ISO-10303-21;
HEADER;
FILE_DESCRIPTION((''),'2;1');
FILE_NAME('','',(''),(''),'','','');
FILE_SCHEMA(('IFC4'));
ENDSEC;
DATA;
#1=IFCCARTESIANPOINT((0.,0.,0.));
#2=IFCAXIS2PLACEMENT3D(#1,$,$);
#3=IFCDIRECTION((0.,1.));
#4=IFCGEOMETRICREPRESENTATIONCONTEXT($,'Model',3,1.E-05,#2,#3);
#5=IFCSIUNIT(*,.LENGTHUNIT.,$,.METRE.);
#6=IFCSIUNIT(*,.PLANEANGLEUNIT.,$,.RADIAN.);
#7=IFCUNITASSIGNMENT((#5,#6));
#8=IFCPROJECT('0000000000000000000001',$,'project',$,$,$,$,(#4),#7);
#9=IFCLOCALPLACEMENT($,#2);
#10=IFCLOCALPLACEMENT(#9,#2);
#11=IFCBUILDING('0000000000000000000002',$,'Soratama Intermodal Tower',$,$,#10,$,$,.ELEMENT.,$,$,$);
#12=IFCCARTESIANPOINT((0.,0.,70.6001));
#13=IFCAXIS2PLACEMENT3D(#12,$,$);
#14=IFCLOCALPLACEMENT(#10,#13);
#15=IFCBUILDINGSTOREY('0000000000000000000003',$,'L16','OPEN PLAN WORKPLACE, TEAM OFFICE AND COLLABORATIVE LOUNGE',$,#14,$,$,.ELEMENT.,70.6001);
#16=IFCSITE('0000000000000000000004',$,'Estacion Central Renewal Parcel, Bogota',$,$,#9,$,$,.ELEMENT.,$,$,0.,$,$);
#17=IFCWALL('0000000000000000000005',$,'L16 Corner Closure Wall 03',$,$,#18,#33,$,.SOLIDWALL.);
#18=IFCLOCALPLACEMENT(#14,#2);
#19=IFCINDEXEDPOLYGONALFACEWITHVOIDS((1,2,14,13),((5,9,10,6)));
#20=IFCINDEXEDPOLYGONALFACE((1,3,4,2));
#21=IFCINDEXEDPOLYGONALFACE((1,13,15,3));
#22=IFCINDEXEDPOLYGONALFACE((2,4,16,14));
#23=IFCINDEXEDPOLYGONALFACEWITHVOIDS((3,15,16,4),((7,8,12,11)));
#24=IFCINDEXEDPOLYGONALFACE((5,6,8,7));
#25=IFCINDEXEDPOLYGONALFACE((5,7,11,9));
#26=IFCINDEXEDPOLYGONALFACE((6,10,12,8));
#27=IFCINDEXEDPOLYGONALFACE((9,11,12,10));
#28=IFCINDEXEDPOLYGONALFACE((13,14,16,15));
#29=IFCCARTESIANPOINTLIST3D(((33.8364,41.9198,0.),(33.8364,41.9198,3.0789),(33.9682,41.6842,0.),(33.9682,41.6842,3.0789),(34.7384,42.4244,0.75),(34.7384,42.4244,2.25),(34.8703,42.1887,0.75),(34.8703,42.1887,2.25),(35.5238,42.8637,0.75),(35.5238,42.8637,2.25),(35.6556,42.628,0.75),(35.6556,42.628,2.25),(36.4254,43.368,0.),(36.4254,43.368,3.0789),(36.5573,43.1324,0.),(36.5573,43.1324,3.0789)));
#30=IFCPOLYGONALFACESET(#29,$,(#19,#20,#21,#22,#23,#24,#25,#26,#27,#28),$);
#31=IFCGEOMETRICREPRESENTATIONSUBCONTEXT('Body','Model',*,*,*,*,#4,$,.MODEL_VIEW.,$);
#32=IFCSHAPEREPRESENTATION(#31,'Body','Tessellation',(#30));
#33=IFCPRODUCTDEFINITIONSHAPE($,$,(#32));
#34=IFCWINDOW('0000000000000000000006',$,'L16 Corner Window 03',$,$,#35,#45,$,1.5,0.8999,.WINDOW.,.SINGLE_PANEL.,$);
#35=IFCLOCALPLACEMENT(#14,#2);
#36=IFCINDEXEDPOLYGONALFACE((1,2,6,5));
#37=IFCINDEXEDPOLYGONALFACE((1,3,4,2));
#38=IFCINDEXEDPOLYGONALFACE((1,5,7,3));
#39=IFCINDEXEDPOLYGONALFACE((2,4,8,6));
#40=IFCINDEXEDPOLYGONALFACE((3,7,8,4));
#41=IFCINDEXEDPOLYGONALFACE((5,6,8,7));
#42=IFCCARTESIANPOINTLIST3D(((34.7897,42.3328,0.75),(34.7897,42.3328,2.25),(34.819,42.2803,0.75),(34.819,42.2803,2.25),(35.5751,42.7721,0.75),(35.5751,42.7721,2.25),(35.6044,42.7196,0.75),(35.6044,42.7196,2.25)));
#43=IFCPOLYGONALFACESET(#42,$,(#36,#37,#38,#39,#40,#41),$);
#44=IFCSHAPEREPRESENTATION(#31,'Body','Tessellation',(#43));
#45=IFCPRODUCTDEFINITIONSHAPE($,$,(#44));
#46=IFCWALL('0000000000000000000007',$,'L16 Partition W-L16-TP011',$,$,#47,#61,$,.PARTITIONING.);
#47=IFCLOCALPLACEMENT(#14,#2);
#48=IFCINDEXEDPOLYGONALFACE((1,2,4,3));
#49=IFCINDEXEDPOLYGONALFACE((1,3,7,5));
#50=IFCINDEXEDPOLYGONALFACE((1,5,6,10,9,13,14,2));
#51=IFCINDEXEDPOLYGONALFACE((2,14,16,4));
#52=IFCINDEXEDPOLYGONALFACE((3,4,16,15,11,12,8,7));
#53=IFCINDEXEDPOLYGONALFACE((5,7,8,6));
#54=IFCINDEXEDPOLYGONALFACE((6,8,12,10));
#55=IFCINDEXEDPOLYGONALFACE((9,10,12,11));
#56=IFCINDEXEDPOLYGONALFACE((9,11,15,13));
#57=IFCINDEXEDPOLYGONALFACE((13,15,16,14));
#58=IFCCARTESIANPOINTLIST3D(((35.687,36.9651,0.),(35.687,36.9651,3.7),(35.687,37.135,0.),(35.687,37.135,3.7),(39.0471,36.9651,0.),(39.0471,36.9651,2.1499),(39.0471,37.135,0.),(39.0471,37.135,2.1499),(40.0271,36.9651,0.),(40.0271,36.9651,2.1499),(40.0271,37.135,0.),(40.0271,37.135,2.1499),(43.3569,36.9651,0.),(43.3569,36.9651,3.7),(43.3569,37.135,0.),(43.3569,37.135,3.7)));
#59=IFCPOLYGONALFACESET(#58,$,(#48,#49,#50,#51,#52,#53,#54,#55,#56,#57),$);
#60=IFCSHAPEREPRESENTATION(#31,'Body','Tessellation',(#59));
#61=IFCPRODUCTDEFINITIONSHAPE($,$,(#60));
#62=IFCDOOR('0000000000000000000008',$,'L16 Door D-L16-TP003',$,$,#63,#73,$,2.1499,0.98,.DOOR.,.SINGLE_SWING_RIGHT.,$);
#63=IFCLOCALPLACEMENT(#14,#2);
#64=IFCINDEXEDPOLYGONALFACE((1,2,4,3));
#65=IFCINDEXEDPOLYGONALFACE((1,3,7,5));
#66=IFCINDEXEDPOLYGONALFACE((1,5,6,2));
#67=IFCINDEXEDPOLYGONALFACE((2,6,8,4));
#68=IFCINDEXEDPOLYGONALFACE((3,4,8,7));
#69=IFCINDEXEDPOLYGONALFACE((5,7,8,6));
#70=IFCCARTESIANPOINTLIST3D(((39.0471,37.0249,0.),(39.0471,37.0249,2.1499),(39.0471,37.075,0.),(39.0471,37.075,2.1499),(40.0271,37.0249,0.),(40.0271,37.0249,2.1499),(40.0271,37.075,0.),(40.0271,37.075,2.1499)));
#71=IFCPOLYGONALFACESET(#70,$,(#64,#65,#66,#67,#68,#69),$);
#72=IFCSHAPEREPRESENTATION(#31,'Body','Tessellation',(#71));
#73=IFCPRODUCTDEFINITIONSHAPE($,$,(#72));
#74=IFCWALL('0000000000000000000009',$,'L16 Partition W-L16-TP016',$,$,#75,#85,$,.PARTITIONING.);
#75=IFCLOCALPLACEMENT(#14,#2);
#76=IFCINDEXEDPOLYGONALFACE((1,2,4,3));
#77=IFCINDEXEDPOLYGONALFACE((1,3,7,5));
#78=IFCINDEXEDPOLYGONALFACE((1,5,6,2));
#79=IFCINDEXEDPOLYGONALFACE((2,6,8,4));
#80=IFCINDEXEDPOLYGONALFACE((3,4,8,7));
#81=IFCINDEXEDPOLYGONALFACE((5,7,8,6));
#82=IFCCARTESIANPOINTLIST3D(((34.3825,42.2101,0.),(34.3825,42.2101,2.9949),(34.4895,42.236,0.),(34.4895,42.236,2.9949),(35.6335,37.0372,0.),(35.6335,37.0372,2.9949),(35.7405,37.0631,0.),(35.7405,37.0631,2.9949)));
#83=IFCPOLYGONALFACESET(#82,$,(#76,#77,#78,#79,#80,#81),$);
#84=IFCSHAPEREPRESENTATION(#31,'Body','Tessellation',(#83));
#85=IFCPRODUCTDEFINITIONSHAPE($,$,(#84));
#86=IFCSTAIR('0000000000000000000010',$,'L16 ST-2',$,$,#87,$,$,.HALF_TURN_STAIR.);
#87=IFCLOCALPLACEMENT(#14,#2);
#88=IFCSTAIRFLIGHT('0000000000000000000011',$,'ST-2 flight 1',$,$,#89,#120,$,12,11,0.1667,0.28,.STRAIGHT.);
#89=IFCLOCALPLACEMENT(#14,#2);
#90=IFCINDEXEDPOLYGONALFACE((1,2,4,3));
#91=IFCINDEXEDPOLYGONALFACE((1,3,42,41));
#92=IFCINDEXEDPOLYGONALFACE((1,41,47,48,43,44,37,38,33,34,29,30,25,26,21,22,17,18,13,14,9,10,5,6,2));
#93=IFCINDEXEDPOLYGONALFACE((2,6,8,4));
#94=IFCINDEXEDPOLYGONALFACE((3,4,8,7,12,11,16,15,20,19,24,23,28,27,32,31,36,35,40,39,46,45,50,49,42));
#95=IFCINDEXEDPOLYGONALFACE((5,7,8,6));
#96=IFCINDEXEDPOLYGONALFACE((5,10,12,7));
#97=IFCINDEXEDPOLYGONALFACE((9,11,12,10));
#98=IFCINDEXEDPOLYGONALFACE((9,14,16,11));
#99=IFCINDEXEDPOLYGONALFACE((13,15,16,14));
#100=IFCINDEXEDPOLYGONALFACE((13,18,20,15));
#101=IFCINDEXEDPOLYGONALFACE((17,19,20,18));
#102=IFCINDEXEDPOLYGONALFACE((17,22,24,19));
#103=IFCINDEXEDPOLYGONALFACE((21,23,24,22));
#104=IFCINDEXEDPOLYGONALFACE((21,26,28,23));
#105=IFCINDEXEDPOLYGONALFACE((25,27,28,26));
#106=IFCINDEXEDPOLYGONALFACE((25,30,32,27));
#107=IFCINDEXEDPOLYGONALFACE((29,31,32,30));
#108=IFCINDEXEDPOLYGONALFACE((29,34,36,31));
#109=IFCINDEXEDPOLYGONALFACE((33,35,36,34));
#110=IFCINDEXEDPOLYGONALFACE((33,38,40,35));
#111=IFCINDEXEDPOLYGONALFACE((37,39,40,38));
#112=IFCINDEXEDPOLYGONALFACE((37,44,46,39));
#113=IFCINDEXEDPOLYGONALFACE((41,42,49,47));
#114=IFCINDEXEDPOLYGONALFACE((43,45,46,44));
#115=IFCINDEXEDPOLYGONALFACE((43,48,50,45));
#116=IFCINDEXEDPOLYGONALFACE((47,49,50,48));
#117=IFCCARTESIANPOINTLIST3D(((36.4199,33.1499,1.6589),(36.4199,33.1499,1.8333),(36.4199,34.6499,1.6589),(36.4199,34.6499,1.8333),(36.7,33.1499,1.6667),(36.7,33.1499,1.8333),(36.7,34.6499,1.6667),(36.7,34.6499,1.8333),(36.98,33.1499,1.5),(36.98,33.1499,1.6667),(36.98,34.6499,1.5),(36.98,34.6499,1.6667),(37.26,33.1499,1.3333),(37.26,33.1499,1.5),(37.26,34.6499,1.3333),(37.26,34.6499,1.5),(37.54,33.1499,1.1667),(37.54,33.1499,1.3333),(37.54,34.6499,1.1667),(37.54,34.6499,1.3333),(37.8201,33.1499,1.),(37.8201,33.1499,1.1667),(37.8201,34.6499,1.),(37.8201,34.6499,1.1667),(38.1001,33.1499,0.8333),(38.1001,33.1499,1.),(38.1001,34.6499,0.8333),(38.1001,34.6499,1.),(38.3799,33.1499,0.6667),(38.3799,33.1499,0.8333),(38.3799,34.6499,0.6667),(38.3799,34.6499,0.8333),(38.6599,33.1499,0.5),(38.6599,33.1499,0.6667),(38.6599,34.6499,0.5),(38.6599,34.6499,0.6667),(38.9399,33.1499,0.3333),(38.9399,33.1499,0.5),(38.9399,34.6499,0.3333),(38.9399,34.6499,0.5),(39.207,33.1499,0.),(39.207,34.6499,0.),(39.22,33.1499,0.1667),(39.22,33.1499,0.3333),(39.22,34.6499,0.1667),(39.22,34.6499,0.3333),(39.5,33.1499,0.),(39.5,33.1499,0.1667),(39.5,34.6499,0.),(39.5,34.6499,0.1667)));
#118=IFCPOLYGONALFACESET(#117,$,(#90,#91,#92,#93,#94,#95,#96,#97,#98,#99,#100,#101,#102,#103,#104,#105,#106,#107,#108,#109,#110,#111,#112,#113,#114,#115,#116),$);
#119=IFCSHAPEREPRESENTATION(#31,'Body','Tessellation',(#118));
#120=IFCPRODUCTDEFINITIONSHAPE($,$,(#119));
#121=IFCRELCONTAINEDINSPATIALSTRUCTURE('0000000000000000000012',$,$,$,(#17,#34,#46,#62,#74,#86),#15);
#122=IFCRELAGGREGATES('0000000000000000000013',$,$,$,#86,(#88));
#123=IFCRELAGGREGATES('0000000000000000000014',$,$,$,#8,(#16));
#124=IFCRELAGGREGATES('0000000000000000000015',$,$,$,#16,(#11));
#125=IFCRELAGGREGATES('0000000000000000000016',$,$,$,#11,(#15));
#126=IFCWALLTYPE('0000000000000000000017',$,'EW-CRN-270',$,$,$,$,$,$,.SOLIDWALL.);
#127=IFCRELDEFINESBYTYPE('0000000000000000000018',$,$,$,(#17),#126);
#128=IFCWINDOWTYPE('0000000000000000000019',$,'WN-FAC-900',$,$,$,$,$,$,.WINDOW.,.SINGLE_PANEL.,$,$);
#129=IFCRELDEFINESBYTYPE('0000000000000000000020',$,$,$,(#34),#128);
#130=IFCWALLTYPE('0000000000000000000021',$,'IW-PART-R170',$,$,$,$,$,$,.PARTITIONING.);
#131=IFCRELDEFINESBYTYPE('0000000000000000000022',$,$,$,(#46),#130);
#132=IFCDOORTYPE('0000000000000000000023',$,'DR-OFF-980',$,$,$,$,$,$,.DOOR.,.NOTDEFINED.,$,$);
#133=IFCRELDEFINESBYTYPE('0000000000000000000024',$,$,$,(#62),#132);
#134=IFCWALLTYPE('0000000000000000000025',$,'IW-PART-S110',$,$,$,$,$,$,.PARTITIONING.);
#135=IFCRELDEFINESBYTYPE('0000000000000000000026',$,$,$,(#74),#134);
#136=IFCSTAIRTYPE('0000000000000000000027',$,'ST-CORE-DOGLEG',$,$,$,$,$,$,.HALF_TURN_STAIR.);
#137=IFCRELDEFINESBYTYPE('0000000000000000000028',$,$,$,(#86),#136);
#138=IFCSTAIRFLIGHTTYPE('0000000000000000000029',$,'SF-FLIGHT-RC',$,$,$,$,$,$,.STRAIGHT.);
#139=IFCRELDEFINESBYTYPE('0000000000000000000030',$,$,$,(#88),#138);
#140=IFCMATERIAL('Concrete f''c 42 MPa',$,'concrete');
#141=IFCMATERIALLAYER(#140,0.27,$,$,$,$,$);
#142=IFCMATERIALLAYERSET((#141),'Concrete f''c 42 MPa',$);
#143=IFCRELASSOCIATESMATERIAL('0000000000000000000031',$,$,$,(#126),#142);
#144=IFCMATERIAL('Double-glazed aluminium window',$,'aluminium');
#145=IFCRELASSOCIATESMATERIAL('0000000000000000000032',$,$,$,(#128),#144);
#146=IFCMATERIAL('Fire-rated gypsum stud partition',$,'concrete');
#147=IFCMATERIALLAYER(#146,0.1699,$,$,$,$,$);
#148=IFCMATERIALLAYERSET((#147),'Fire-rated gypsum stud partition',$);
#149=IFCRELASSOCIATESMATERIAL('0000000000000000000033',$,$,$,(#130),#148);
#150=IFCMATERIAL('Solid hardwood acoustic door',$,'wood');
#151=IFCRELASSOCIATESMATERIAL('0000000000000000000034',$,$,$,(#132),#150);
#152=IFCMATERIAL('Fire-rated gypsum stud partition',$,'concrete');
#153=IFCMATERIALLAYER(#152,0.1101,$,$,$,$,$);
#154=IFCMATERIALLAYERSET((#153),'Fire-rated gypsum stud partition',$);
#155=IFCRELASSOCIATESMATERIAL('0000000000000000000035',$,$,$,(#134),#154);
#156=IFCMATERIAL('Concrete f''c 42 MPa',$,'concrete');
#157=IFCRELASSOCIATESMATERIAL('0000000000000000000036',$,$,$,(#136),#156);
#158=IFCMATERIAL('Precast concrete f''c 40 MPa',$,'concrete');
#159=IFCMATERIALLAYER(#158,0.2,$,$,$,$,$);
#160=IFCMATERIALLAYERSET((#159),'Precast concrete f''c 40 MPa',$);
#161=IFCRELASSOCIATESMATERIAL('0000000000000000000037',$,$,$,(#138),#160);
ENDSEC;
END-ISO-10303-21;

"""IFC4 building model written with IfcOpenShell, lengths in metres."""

from ifc_helpers import new_model, si_unit, direction, frame, frame_2d, origin, place, context, subcontext, project, spatial, polyline, rectangle, outline, extrude, material, layer, layer_set, type_object, element, fill, aggregate, save


model = new_model("IFC4")

# Units and contexts
model_context = context("Model", 3, precision=1e-05, world=origin(), true_north=direction((0.0, 1.0)))
body_context = subcontext(model_context, "Body", "Model", "MODEL_VIEW")
ifc_project = project(units=[si_unit("LENGTHUNIT", "METRE"), si_unit("PLANEANGLEUNIT", "RADIAN")], contexts=[model_context])

# Site, building, storey
site_placement = place(None, origin())
site = spatial("IfcSite", under=ifc_project, at=site_placement, Name="Estacion Central Renewal Parcel, Bogota", CompositionType="ELEMENT", RefElevation=0.0)
building_placement = place(site_placement, origin())
building = spatial("IfcBuilding", under=site, at=building_placement, Name="Soratama Intermodal Tower", CompositionType="ELEMENT")
storey_placement = place(building_placement, frame((0.0, 0.0, 70.6001)))
storey = spatial("IfcBuildingStorey", under=building, at=storey_placement, Name="L16", Description="OPEN PLAN WORKPLACE, TEAM OFFICE AND COLLABORATIVE LOUNGE", CompositionType="ELEMENT", Elevation=70.6001)

# Wall, opening, window
ifc_material_1 = material(Name="Concrete f'c 42 MPa", Category="concrete")
ifc_layer_1 = layer(ifc_material_1, 0.27)
ifc_layer_set_1 = layer_set([ifc_layer_1], Name="Concrete f'c 42 MPa")
wall_type_1 = type_object("IfcWallType", Name="EW-CRN-270", PredefinedType="SOLIDWALL", material=ifc_layer_set_1)
wall_1_placement = place(storey_placement, frame((36.4915, 43.2502, 0.0), z_axis=(0.0, 0.0, 1.0), x_axis=(-0.872744, -0.488177, 0.0)))
wall_1 = element("IfcWall", 1, at=wall_1_placement, inside=storey, type_object=wall_type_1, Name="L16 Corner Closure Wall 03", PredefinedType="SOLIDWALL", context=body_context, shape_type="SweptSolid", body=[
    extrude(rectangle(XDim=2.9666, YDim=0.27, at=frame_2d((1.4834, 0.0))), origin(), (0.0, 0.0, 1.0), 3.0789),
])
opening_1_placement = place(wall_1_placement, frame((1.0332, 0.0, 0.75)))
opening_1 = element("IfcOpeningElement", 2, at=opening_1_placement, cuts=wall_1, PredefinedType="OPENING", context=body_context, shape_type="SweptSolid", body=[
    extrude(rectangle(XDim=0.8999, YDim=1.5, at=frame_2d((0.45, 0.75))), frame((0.0, 0.145, 0.0), z_axis=(0.0, -1.0, 0.0), x_axis=(1.0, 0.0, 0.0)), (0.0, 0.0, 1.0), 0.29),
])
ifc_material_2 = material(Name="Double-glazed aluminium window", Category="aluminium")
window_type = type_object("IfcWindowType", Name="WN-FAC-900", PartitioningType="SINGLE_PANEL", PredefinedType="WINDOW", material=ifc_material_2)
window_placement = place(opening_1_placement, origin())
window = element("IfcWindow", 3, at=window_placement, inside=storey, type_object=window_type, Name="L16 Corner Window 03", OverallHeight=1.5, OverallWidth=0.8999, PartitioningType="SINGLE_PANEL", PredefinedType="WINDOW", context=body_context, shape_type="SweptSolid", body=[
    extrude(rectangle(XDim=0.8999, YDim=1.5, at=frame_2d((0.45, 0.75))), frame((0.0, 0.03, 0.0), z_axis=(0.0, -1.0, 0.0), x_axis=(1.0, 0.0, 0.0)), (0.0, 0.0, 1.0), 0.0601),
])
fill(opening_1, window)

# Wall, opening, door
ifc_material_3 = material(Name="Fire-rated gypsum stud partition", Category="concrete")
ifc_layer_2 = layer(ifc_material_3, 0.1699)
ifc_layer_set_2 = layer_set([ifc_layer_2], Name="Fire-rated gypsum stud partition")
wall_type_2 = type_object("IfcWallType", Name="IW-PART-R170", PredefinedType="PARTITIONING", material=ifc_layer_set_2)
wall_2_placement = place(storey_placement, frame((35.687, 37.05, 0.0), z_axis=(0.0, 0.0, 1.0), x_axis=(1.0, 0.0, 0.0)))
wall_2 = element("IfcWall", 4, at=wall_2_placement, inside=storey, type_object=wall_type_2, Name="L16 Partition W-L16-TP011", PredefinedType="PARTITIONING", context=body_context, shape_type="SweptSolid", body=[
    extrude(rectangle(XDim=7.6699, YDim=0.1699, at=frame_2d((3.835, 0.0))), origin(), (0.0, 0.0, 1.0), 3.7),
])
opening_2_placement = place(wall_2_placement, frame((3.3601, 0.0, 0.0)))
opening_2 = element("IfcOpeningElement", 5, at=opening_2_placement, cuts=wall_2, PredefinedType="OPENING", context=body_context, shape_type="SweptSolid", body=[
    extrude(rectangle(XDim=0.98, YDim=2.1499, at=frame_2d((0.49, 1.075))), frame((0.0, 0.095, 0.0), z_axis=(0.0, -1.0, 0.0), x_axis=(1.0, 0.0, 0.0)), (0.0, 0.0, 1.0), 0.1899),
])
ifc_material_4 = material(Name="Solid hardwood acoustic door", Category="wood")
door_type = type_object("IfcDoorType", Name="DR-OFF-980", OperationType="NOTDEFINED", PredefinedType="DOOR", material=ifc_material_4)
door_placement = place(opening_2_placement, origin())
door = element("IfcDoor", 6, at=door_placement, inside=storey, type_object=door_type, Name="L16 Door D-L16-TP003", OperationType="SINGLE_SWING_RIGHT", OverallHeight=2.1499, OverallWidth=0.98, PredefinedType="DOOR", context=body_context, shape_type="SweptSolid", body=[
    extrude(rectangle(XDim=0.98, YDim=2.1499, at=frame_2d((0.49, 1.075))), frame((0.0, 0.0249, 0.0), z_axis=(0.0, -1.0, 0.0), x_axis=(1.0, 0.0, 0.0)), (0.0, 0.0, 1.0), 0.05),
])
fill(opening_2, door)

# Wall
ifc_material_5 = material(Name="Fire-rated gypsum stud partition", Category="concrete")
ifc_layer_3 = layer(ifc_material_5, 0.1101)
ifc_layer_set_3 = layer_set([ifc_layer_3], Name="Fire-rated gypsum stud partition")
wall_type_3 = type_object("IfcWallType", Name="IW-PART-S110", PredefinedType="PARTITIONING", material=ifc_layer_set_3)
wall_3_placement = place(storey_placement, frame((35.687, 37.05, 0.0), z_axis=(0.0, 0.0, 1.0), x_axis=(-0.235059, 0.971981, 0.0)))
element("IfcWall", 7, at=wall_3_placement, inside=storey, type_object=wall_type_3, Name="L16 Partition W-L16-TP016", PredefinedType="PARTITIONING", context=body_context, shape_type="SweptSolid", body=[
    extrude(rectangle(XDim=5.322, YDim=0.1101, at=frame_2d((2.6611, 0.0))), origin(), (0.0, 0.0, 1.0), 2.9949),
])

# Stair, stair flight
ifc_material_6 = material(Name="Concrete f'c 42 MPa", Category="concrete")
stair_type = type_object("IfcStairType", Name="ST-CORE-DOGLEG", PredefinedType="HALF_TURN_STAIR", material=ifc_material_6)
stair_placement = place(storey_placement, origin())
stair = element("IfcStair", 8, at=stair_placement, inside=storey, type_object=stair_type, Name="L16 ST-2", PredefinedType="HALF_TURN_STAIR")
ifc_material_7 = material(Name="Precast concrete f'c 40 MPa", Category="concrete")
ifc_layer_4 = layer(ifc_material_7, 0.2)
ifc_layer_set_4 = layer_set([ifc_layer_4], Name="Precast concrete f'c 40 MPa")
stair_flight_type = type_object("IfcStairFlightType", Name="SF-FLIGHT-RC", PredefinedType="STRAIGHT", material=ifc_layer_set_4)
stair_flight_placement = place(storey_placement, frame((39.5, 33.8999, 0.0), z_axis=(0.0, 0.0, 1.0), x_axis=(-1.0, 0.0, 0.0)))
stair_flight = element("IfcStairFlight", 9, at=stair_flight_placement, type_object=stair_flight_type, Name="ST-2 flight 1", NumberOfRisers=12, NumberOfTreads=11, PredefinedType="STRAIGHT", RiserHeight=0.1667, TreadLength=0.28, context=body_context, shape_type="SweptSolid", body=[
    extrude(outline(polyline([(0.0, 0.0), (0.0, 0.1667), (0.28, 0.1667), (0.28, 0.3333), (0.5601, 0.3333), (0.5601, 0.5), (0.8401, 0.5), (0.8401, 0.6667), (1.1201, 0.6667), (1.1201, 0.8333), (1.3999, 0.8333), (1.3999, 1.0), (1.6799, 1.0), (1.6799, 1.1667), (1.96, 1.1667), (1.96, 1.3333), (2.24, 1.3333), (2.24, 1.5), (2.52, 1.5), (2.52, 1.6667), (2.8, 1.6667), (2.8, 1.8333), (3.0801, 1.8333), (3.0801, 2.0), (3.0801, 1.6589), (0.293, 0.0), (0.0, 0.0)])), frame((0.0, 0.75, 0.0), z_axis=(0.0, -1.0, 0.0), x_axis=(1.0, 0.0, 0.0)), (0.0, 0.0, 1.0), 1.5),
])
aggregate(stair, [stair_flight])

save(model, "model.ifc")
